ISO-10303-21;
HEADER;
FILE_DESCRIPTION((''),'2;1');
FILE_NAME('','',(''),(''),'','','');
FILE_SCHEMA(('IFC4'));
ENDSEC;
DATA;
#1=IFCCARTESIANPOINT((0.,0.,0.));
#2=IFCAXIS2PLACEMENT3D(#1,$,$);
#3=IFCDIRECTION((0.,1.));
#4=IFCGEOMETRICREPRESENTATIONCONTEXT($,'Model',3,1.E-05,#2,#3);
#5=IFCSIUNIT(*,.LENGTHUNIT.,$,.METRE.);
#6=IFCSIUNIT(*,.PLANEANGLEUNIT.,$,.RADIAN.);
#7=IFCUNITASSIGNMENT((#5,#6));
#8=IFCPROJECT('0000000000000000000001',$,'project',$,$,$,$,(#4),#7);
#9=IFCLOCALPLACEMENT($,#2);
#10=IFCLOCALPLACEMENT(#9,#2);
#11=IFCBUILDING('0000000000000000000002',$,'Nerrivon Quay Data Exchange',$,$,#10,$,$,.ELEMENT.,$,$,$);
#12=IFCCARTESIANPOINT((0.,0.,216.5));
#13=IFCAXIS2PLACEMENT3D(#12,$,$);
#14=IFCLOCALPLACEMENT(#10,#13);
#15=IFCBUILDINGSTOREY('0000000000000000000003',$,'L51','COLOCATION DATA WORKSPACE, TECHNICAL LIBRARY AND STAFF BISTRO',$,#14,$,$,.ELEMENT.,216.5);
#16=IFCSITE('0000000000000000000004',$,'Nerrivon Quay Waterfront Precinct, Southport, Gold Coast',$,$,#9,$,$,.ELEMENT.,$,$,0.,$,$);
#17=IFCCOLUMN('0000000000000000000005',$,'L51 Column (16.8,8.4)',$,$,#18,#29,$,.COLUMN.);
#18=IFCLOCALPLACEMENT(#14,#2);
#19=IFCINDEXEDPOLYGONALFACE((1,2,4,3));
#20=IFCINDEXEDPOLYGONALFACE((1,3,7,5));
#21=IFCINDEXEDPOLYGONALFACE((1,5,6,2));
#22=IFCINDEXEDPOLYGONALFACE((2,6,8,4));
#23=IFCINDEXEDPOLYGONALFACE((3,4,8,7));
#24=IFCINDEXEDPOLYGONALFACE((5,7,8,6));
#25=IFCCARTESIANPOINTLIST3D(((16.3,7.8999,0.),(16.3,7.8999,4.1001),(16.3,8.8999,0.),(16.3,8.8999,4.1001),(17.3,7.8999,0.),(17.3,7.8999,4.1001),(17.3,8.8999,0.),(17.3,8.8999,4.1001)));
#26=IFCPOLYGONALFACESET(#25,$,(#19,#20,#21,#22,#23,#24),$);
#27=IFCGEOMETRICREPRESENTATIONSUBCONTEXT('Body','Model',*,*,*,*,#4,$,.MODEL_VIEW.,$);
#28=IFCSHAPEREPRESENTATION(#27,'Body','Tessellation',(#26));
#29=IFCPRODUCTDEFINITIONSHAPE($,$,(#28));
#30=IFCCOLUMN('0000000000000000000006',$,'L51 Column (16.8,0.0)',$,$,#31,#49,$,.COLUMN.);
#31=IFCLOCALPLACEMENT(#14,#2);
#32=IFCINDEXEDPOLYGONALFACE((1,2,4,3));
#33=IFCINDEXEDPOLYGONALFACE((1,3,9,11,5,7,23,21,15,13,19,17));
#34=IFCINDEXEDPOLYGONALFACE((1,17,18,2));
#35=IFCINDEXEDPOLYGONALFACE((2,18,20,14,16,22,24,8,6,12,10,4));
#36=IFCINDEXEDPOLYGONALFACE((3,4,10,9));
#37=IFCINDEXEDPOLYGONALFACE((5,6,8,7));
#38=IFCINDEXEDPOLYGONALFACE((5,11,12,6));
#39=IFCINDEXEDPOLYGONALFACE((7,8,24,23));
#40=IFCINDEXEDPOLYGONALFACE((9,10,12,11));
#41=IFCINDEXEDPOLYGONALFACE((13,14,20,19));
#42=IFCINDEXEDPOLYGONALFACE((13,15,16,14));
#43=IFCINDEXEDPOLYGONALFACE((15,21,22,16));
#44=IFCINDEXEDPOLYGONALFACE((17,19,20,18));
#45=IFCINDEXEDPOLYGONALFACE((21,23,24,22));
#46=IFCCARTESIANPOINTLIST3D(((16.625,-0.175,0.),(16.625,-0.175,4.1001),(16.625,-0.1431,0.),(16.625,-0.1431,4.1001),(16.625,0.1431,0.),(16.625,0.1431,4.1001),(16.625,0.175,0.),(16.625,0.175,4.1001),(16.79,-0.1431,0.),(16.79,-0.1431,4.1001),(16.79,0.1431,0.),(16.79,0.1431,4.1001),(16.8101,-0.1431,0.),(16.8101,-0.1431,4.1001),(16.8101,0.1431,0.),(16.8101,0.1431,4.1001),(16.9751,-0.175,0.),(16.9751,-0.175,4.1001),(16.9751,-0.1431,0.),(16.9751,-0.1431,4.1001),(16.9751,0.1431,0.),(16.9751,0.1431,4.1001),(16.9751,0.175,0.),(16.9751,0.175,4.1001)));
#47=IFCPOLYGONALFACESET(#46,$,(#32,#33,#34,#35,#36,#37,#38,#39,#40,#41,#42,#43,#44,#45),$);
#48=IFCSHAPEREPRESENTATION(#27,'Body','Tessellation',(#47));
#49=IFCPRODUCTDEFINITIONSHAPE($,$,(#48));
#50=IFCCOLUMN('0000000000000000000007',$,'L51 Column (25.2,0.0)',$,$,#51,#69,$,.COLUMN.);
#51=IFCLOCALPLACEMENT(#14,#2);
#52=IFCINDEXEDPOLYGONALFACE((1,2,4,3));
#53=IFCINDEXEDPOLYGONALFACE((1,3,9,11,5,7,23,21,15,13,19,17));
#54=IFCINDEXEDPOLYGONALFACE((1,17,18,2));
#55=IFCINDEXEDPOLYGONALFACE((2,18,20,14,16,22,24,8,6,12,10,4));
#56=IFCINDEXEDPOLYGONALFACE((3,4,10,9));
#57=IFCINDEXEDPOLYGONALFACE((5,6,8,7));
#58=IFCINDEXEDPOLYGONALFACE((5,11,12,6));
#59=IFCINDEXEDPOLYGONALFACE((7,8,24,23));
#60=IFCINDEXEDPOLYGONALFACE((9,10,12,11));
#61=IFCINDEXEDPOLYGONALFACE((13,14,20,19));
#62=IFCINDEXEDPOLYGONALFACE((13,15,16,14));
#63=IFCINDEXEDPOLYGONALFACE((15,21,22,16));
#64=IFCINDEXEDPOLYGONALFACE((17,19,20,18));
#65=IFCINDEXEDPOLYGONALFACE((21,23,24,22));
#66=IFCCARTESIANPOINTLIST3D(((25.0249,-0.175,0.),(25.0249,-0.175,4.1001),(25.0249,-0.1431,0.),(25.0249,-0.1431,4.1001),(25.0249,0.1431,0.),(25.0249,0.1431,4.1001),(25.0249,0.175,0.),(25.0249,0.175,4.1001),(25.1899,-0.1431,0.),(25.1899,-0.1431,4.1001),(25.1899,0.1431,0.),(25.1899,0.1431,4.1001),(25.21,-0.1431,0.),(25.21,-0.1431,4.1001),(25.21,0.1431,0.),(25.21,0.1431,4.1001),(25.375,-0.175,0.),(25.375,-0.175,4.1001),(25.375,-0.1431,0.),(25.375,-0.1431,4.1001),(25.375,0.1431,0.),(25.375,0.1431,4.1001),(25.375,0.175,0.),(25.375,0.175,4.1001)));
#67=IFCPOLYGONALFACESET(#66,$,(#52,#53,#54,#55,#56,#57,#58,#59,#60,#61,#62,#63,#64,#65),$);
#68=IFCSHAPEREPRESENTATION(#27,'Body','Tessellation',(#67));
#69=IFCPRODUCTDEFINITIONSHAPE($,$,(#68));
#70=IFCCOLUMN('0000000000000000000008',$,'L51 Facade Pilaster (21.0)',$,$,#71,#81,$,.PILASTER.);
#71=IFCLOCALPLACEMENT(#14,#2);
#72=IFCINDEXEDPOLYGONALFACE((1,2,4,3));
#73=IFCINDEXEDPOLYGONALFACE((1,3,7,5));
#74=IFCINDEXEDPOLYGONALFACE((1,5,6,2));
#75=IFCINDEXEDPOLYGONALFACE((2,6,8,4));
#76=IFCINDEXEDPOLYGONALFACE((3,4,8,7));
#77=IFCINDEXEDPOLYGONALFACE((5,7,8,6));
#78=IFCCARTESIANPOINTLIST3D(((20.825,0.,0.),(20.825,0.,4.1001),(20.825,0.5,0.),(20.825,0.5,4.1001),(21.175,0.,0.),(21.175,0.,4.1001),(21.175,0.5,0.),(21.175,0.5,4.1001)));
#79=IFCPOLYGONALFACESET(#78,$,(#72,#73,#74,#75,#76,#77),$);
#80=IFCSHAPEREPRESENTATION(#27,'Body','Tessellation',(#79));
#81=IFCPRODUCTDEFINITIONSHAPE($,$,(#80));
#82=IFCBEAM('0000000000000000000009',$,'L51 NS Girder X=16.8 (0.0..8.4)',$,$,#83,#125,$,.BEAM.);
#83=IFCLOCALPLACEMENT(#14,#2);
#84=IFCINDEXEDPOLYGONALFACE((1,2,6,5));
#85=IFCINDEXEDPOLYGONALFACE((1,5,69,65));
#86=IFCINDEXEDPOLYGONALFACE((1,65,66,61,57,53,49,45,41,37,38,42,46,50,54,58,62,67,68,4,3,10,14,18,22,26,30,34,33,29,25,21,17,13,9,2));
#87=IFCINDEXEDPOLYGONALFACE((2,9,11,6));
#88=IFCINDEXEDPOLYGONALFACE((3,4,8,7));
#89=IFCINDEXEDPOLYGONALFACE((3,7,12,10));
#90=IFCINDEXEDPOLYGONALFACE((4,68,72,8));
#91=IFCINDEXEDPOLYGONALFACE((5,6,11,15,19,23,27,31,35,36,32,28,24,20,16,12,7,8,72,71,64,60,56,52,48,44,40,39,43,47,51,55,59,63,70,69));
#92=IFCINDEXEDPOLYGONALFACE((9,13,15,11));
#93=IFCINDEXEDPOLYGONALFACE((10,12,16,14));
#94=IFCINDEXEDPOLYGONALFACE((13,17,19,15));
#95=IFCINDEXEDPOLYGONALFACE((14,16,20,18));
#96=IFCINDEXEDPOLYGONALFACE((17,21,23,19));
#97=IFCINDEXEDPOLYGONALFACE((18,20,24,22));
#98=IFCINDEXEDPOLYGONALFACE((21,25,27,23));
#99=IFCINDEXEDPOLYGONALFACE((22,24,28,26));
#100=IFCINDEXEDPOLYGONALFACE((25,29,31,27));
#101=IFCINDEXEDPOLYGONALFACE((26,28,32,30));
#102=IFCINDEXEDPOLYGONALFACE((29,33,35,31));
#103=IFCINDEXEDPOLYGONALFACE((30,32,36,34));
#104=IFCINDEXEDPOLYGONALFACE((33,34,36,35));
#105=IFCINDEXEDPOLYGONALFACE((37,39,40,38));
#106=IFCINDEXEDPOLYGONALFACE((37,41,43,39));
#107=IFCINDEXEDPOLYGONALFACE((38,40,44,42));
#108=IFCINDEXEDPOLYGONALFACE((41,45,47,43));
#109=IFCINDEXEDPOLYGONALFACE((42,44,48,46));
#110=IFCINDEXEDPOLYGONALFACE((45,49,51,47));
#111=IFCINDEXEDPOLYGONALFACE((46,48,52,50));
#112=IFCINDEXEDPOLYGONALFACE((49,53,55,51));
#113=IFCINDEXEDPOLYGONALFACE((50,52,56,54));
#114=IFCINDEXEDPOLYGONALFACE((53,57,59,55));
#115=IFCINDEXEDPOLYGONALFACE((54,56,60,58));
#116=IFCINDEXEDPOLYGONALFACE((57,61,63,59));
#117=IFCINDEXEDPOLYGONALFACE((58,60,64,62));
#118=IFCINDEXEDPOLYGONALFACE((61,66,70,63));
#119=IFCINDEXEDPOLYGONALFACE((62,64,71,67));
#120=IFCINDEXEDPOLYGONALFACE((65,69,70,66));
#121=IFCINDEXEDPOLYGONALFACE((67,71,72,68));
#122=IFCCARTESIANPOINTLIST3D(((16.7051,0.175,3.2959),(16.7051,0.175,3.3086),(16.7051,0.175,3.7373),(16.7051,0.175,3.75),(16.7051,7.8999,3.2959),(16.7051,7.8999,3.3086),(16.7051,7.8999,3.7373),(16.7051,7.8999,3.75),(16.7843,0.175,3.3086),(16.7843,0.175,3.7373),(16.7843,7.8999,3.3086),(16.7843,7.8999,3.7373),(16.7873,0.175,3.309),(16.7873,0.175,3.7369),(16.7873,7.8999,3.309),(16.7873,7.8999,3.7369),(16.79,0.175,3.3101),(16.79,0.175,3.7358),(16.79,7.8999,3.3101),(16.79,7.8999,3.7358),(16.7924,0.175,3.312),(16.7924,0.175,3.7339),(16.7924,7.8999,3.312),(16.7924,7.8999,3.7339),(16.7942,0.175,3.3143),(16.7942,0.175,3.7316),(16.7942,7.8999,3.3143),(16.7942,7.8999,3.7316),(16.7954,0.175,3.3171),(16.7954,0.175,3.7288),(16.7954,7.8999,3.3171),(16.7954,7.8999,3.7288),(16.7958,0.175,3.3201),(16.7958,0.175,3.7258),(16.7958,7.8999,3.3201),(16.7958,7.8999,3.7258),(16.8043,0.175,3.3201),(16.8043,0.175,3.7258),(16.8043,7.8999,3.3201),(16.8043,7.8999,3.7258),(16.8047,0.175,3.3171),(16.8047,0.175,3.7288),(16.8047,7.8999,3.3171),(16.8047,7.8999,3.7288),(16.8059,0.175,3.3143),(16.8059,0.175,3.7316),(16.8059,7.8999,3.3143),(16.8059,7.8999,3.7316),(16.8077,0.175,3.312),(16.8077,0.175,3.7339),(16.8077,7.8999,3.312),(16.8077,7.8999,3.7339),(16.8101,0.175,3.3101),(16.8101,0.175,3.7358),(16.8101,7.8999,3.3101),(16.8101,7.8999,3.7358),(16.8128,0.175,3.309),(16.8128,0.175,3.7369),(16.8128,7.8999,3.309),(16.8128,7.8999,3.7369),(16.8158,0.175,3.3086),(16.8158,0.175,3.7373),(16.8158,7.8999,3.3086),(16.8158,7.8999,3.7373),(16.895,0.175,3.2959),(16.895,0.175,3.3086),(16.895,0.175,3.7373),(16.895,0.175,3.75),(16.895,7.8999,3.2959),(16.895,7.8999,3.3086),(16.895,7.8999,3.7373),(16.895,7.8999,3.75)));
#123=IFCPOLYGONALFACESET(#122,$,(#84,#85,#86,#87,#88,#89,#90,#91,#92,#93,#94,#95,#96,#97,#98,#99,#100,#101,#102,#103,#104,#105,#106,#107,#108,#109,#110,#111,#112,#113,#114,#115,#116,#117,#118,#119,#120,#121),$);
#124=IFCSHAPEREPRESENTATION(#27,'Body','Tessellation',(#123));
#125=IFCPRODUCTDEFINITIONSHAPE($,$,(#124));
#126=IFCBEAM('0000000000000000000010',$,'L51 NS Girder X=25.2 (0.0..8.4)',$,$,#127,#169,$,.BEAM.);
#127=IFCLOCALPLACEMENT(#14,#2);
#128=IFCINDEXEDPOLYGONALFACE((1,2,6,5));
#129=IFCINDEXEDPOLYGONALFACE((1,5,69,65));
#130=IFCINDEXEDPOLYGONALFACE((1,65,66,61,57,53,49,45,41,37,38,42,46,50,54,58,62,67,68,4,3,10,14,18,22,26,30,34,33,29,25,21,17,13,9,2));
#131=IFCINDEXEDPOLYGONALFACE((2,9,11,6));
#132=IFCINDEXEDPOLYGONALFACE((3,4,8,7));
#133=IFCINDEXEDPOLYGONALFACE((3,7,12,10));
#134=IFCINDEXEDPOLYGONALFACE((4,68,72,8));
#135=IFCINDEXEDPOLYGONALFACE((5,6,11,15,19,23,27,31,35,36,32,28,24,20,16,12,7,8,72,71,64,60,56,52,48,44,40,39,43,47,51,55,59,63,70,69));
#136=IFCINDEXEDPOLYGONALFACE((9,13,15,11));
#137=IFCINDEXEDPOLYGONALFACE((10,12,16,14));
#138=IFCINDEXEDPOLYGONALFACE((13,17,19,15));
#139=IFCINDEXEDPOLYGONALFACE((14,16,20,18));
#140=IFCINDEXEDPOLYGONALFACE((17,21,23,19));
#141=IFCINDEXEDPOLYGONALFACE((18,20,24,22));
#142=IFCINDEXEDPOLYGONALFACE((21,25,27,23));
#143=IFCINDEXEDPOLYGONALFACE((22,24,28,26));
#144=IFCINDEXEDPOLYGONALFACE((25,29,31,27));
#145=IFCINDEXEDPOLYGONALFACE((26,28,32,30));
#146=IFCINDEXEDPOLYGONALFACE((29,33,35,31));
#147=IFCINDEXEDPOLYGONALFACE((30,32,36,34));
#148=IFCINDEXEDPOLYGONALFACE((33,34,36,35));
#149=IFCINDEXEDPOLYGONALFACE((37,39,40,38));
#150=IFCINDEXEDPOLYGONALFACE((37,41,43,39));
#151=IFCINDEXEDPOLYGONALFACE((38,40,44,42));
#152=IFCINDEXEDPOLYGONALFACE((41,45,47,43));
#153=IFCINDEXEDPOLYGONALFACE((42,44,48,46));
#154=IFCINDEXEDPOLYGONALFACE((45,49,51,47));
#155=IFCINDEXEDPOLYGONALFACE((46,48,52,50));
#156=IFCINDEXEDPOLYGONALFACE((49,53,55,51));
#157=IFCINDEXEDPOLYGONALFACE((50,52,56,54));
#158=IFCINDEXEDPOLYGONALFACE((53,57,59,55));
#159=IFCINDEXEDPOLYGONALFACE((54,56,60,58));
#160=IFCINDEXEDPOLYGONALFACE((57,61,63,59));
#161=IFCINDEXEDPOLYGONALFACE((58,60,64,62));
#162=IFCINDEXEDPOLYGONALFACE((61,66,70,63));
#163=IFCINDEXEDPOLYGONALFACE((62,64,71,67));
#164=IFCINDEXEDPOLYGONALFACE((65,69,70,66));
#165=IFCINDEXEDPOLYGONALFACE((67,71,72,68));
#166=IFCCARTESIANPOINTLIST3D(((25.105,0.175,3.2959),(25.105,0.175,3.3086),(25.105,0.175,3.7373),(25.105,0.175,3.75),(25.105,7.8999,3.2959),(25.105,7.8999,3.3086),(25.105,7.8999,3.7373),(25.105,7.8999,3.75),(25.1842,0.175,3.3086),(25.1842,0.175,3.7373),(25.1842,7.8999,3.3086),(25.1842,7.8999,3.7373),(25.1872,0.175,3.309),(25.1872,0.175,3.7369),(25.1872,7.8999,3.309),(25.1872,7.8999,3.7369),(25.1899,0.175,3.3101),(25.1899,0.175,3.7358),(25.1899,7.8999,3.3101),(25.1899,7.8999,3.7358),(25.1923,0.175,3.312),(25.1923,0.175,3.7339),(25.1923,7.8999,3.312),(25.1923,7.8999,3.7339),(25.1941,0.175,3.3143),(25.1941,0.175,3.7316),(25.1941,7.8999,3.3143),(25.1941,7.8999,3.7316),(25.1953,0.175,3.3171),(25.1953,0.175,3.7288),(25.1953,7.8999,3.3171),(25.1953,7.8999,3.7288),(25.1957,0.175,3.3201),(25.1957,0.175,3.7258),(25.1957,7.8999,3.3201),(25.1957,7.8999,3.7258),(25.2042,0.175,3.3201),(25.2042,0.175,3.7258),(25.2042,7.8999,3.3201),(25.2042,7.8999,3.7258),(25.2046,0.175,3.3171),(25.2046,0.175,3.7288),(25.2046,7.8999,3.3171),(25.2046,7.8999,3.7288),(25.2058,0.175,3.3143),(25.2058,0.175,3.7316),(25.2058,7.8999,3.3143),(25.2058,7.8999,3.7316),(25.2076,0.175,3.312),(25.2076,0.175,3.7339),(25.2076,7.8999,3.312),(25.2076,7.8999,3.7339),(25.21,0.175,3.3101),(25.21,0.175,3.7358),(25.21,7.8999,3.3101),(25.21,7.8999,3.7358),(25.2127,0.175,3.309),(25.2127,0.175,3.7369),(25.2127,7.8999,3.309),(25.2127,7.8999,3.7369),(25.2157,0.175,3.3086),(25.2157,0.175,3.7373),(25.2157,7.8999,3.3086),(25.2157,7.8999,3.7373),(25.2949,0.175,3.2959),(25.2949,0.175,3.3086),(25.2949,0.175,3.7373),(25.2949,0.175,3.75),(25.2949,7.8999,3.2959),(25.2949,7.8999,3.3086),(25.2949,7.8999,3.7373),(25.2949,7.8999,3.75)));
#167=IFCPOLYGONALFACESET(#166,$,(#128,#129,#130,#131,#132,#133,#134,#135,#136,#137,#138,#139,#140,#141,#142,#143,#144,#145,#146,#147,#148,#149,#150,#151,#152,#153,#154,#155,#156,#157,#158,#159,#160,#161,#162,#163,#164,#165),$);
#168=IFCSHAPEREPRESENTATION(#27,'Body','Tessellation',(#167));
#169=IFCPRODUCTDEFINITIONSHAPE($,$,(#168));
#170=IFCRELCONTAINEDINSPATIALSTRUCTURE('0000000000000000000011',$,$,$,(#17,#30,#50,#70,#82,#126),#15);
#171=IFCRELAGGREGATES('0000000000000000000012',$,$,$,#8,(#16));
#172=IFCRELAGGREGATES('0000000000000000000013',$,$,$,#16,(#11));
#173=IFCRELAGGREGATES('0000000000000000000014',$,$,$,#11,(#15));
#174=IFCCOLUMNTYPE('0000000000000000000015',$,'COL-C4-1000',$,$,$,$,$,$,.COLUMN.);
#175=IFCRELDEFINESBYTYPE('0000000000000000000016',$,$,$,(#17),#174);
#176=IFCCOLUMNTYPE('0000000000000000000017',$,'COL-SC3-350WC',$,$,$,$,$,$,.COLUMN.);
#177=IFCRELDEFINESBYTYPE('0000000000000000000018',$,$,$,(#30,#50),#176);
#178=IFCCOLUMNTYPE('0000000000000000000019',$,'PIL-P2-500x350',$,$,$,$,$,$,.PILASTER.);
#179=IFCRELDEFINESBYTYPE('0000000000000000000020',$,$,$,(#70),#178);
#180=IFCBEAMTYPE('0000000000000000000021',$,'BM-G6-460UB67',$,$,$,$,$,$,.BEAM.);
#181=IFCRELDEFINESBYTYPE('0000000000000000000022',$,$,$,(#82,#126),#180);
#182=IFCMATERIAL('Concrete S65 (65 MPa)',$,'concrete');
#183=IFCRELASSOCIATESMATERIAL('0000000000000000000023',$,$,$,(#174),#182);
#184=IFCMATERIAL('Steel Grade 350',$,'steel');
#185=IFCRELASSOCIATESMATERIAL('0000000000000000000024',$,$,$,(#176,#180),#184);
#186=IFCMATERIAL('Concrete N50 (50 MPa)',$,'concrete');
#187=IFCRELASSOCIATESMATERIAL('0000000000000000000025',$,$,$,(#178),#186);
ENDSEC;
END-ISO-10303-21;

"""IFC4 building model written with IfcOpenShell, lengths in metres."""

from ifc_helpers import new_model, si_unit, direction, frame, origin, origin_2d, place, context, subcontext, project, spatial, rectangle, i_section, extrude, material, material_profile, profile_set, type_object, element, save


model = new_model("IFC4")

# Units and contexts
model_context = context("Model", 3, precision=1e-05, world=origin(), true_north=direction((0.0, 1.0)))
body_context = subcontext(model_context, "Body", "Model", "MODEL_VIEW")
ifc_project = project(units=[si_unit("LENGTHUNIT", "METRE"), si_unit("PLANEANGLEUNIT", "RADIAN")], contexts=[model_context])

# Site, building, storey
site_placement = place(None, origin())
site = spatial("IfcSite", under=ifc_project, at=site_placement, Name="Nerrivon Quay Waterfront Precinct, Southport, Gold Coast", CompositionType="ELEMENT", RefElevation=0.0)
building_placement = place(site_placement, origin())
building = spatial("IfcBuilding", under=site, at=building_placement, Name="Nerrivon Quay Data Exchange", CompositionType="ELEMENT")
storey_placement = place(building_placement, frame((0.0, 0.0, 216.5)))
storey = spatial("IfcBuildingStorey", under=building, at=storey_placement, Name="L51", Description="COLOCATION DATA WORKSPACE, TECHNICAL LIBRARY AND STAFF BISTRO", CompositionType="ELEMENT", Elevation=216.5)

# Columns
ifc_material_1 = material(Name="Concrete S65 (65 MPa)", Category="concrete")
ifc_material_profile_1 = material_profile(ifc_material_1, rectangle(XDim=1.0, YDim=1.0, at=origin_2d()), Name="RC-COL-1000x1000")
ifc_profile_set_1 = profile_set([ifc_material_profile_1], Name="Concrete S65 (65 MPa)")
column_type_1 = type_object("IfcColumnType", Name="COL-C4-1000", PredefinedType="COLUMN", material=ifc_profile_set_1)
column_1_placement = place(storey_placement, frame((16.8, 8.3999, 0.0), z_axis=(0.0, 0.0, 1.0), x_axis=(1.0, 0.0, 0.0)))
element("IfcColumn", 1, at=column_1_placement, inside=storey, type_object=column_type_1, Name="L51 Column (16.8,8.4)", PredefinedType="COLUMN", context=body_context, shape_type="SweptSolid", body=[
    extrude(rectangle(XDim=1.0, YDim=1.0, at=origin_2d()), origin(), (0.0, 0.0, 1.0), 4.1001),
])
ifc_material_2 = material(Name="Steel Grade 350", Category="steel")
ifc_material_profile_2 = material_profile(ifc_material_2, i_section(OverallWidth=0.3501, OverallDepth=0.3501, WebThickness=0.02, FlangeThickness=0.032, at=origin_2d()), Name="350WC230")
ifc_profile_set_2 = profile_set([ifc_material_profile_2], Name="Steel Grade 350")
column_type_2 = type_object("IfcColumnType", Name="COL-SC3-350WC", PredefinedType="COLUMN", material=ifc_profile_set_2)
for number, where, z_axis, x_axis, name in (
    (2, (16.8, 0.0, 0.0), (0.0, 0.0, 1.0), (1.0, 0.0, 0.0), "L51 Column (16.8,0.0)"),
    (3, (25.2, 0.0, 0.0), (0.0, 0.0, 1.0), (1.0, 0.0, 0.0), "L51 Column (25.2,0.0)"),
):
    element("IfcColumn", number, at=place(storey_placement, frame(where, z_axis=z_axis, x_axis=x_axis)), inside=storey, type_object=column_type_2, Name=name, PredefinedType="COLUMN", context=body_context, shape_type="SweptSolid", body=[
        extrude(i_section(OverallWidth=0.3501, OverallDepth=0.3501, WebThickness=0.02, FlangeThickness=0.032, at=origin_2d()), origin(), (0.0, 0.0, 1.0), 4.1001),
    ])
ifc_material_3 = material(Name="Concrete N50 (50 MPa)", Category="concrete")
ifc_material_profile_3 = material_profile(ifc_material_3, rectangle(XDim=0.3501, YDim=0.5, at=origin_2d()), Name="RC-PIL-500x350")
ifc_profile_set_3 = profile_set([ifc_material_profile_3], Name="Concrete N50 (50 MPa)")
column_type_3 = type_object("IfcColumnType", Name="PIL-P2-500x350", PredefinedType="PILASTER", material=ifc_profile_set_3)
column_2_placement = place(storey_placement, frame((21.0, 0.25, 0.0), z_axis=(0.0, 0.0, 1.0), x_axis=(1.0, 0.0, 0.0)))
element("IfcColumn", 4, at=column_2_placement, inside=storey, type_object=column_type_3, Name="L51 Facade Pilaster (21.0)", PredefinedType="PILASTER", context=body_context, shape_type="SweptSolid", body=[
    extrude(rectangle(XDim=0.3501, YDim=0.5, at=origin_2d()), origin(), (0.0, 0.0, 1.0), 4.1001),
])

# Beams
ifc_material_profile_4 = material_profile(ifc_material_2, i_section(OverallWidth=0.1899, OverallDepth=0.4541, WebThickness=0.0085, FlangeThickness=0.0127, FilletRadius=0.0115, at=origin_2d()), Name="460UB67.1")
ifc_profile_set_4 = profile_set([ifc_material_profile_4], Name="Steel Grade 350")
beam_type_1 = type_object("IfcBeamType", Name="BM-G6-460UB67", PredefinedType="BEAM", material=ifc_profile_set_4)
for number, where, z_axis, x_axis, name in (
    (5, (16.8, 0.175, 3.5229), (0.0, 1.0, 0.0), (-1.0, 0.0, 0.0), "L51 NS Girder X=16.8 (0.0..8.4)"),
    (6, (25.2, 0.175, 3.5229), (0.0, 1.0, 0.0), (-1.0, 0.0, 0.0), "L51 NS Girder X=25.2 (0.0..8.4)"),
):
    element("IfcBeam", number, at=place(storey_placement, frame(where, z_axis=z_axis, x_axis=x_axis)), inside=storey, type_object=beam_type_1, Name=name, PredefinedType="BEAM", context=body_context, shape_type="SweptSolid", body=[
        extrude(i_section(OverallWidth=0.1899, OverallDepth=0.4541, WebThickness=0.0085, FlangeThickness=0.0127, FilletRadius=0.0115, at=origin_2d()), origin(), (0.0, 0.0, 1.0), 7.7249),
    ])

save(model, "model.ifc")
